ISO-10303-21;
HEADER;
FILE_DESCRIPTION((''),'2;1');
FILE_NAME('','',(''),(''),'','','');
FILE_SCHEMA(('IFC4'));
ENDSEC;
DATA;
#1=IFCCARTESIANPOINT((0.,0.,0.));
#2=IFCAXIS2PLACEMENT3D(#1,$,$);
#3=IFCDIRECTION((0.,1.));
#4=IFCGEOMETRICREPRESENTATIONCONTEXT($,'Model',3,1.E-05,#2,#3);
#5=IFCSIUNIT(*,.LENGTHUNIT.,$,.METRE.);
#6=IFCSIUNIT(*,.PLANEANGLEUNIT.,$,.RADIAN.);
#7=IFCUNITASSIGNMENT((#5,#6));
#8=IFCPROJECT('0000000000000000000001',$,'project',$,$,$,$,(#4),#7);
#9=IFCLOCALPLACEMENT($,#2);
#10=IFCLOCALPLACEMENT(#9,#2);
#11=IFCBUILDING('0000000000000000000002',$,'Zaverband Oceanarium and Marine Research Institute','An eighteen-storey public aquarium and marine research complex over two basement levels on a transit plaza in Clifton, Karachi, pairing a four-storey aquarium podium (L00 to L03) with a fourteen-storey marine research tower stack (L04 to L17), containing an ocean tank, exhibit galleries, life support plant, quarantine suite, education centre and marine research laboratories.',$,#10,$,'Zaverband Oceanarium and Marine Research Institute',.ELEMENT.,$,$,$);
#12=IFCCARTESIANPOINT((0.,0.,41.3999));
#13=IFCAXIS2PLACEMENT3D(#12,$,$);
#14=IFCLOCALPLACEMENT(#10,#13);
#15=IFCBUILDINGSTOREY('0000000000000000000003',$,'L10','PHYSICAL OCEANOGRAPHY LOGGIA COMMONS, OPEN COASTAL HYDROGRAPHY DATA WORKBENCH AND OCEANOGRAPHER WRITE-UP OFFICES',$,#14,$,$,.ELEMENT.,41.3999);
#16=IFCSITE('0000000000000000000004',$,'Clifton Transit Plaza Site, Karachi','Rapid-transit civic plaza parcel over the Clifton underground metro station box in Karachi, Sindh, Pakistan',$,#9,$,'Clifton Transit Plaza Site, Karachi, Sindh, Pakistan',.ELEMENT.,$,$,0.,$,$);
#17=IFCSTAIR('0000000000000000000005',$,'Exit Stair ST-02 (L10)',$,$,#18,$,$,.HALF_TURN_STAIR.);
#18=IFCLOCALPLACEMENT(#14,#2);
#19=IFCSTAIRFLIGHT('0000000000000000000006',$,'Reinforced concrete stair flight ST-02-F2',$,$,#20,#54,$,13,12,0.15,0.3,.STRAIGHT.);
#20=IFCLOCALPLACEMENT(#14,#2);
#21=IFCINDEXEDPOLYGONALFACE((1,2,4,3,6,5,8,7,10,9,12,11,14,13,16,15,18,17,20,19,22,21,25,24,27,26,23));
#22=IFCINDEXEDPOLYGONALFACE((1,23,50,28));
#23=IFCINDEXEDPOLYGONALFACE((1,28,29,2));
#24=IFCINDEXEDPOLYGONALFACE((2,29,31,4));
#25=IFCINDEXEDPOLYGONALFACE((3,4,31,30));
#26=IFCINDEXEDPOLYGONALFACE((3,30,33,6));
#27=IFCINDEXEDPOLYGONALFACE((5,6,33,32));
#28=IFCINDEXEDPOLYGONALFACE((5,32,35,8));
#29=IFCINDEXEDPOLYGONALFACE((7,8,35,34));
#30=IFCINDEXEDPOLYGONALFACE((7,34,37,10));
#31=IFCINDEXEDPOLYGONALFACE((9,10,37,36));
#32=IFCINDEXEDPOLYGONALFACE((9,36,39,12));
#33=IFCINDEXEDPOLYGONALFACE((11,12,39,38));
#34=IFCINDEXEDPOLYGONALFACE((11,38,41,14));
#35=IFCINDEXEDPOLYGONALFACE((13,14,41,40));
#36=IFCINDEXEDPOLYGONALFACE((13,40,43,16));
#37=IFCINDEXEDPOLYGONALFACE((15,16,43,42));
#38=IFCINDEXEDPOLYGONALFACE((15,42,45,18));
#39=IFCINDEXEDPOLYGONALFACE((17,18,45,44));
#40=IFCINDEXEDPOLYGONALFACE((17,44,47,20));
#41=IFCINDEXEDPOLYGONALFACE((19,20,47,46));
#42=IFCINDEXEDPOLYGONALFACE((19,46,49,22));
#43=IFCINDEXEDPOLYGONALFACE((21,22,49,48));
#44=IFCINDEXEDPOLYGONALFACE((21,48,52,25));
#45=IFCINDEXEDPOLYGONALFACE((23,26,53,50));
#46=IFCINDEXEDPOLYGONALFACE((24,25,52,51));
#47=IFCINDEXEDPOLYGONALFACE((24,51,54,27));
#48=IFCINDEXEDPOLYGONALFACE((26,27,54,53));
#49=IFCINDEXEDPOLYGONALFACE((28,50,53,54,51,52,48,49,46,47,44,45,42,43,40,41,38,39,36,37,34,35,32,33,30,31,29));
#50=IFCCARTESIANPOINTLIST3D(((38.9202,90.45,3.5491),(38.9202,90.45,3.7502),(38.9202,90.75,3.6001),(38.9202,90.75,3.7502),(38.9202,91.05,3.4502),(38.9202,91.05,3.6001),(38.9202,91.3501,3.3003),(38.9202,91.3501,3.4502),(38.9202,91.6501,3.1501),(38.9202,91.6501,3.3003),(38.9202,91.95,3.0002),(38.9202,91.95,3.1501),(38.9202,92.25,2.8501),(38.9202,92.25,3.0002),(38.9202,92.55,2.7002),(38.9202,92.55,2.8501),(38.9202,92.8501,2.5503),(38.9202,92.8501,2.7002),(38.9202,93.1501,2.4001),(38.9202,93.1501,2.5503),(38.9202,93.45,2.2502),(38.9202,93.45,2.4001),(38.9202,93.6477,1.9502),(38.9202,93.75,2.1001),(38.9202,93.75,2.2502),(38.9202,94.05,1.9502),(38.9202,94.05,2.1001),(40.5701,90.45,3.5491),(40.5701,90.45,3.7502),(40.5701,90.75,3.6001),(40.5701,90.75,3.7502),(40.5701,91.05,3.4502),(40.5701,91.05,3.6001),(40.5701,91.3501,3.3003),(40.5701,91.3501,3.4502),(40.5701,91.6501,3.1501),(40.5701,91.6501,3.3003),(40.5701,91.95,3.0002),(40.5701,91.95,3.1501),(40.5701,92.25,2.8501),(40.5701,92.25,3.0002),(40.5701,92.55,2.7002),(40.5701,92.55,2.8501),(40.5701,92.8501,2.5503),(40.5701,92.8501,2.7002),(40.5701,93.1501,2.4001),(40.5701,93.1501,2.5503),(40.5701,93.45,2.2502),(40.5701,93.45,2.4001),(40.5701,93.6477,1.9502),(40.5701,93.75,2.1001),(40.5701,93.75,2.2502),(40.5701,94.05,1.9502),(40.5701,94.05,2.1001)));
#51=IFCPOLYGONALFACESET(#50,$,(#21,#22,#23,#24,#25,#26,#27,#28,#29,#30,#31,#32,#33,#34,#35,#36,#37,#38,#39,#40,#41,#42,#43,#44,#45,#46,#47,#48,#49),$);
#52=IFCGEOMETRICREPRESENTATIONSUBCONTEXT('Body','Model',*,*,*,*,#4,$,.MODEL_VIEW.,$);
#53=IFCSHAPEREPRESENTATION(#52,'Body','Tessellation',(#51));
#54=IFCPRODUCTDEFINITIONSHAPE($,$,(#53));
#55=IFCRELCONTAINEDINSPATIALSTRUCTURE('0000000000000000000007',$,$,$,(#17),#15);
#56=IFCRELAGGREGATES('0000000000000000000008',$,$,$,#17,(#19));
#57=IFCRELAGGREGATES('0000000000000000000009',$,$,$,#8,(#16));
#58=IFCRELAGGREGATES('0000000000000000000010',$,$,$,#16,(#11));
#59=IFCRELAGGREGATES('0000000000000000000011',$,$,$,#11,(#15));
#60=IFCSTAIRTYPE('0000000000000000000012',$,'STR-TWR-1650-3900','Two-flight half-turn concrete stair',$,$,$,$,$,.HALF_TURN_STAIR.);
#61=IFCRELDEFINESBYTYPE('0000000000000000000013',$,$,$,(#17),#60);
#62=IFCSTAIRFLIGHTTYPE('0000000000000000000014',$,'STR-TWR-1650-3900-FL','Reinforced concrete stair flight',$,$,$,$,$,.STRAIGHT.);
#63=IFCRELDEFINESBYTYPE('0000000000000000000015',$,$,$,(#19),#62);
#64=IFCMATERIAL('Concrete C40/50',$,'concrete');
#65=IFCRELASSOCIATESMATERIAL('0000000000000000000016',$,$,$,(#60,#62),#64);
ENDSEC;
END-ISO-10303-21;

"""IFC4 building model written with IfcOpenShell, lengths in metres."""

from ifc_helpers import new_model, si_unit, direction, frame, origin, place, context, subcontext, project, spatial, polyline, outline, extrude, material, type_object, element, aggregate, save


model = new_model("IFC4")

# Units and contexts
model_context = context("Model", 3, precision=1e-05, world=origin(), true_north=direction((0.0, 1.0)))
body_context = subcontext(model_context, "Body", "Model", "MODEL_VIEW")
ifc_project = project(units=[si_unit("LENGTHUNIT", "METRE"), si_unit("PLANEANGLEUNIT", "RADIAN")], contexts=[model_context])

# Site, building, storey
site_placement = place(None, origin())
site = spatial("IfcSite", under=ifc_project, at=site_placement, Name="Clifton Transit Plaza Site, Karachi", Description="Rapid-transit civic plaza parcel over the Clifton underground metro station box in Karachi, Sindh, Pakistan", LongName="Clifton Transit Plaza Site, Karachi, Sindh, Pakistan", CompositionType="ELEMENT", RefElevation=0.0)
building_placement = place(site_placement, origin())
building = spatial("IfcBuilding", under=site, at=building_placement, Name="Zaverband Oceanarium and Marine Research Institute", Description="An eighteen-storey public aquarium and marine research complex over two basement levels on a transit plaza in Clifton, Karachi, pairing a four-storey aquarium podium (L00 to L03) with a fourteen-storey marine research tower stack (L04 to L17), containing an ocean tank, exhibit galleries, life support plant, quarantine suite, education centre and marine research laboratories.", LongName="Zaverband Oceanarium and Marine Research Institute", CompositionType="ELEMENT")
storey_placement = place(building_placement, frame((0.0, 0.0, 41.3999)))
storey = spatial("IfcBuildingStorey", under=building, at=storey_placement, Name="L10", Description="PHYSICAL OCEANOGRAPHY LOGGIA COMMONS, OPEN COASTAL HYDROGRAPHY DATA WORKBENCH AND OCEANOGRAPHER WRITE-UP OFFICES", CompositionType="ELEMENT", Elevation=41.3999)

# Shared definitions
ifc_material_1 = material(Name="Concrete C40/50", Category="concrete")

# Stair, stair flight
stair_type = type_object("IfcStairType", Name="STR-TWR-1650-3900", Description="Two-flight half-turn concrete stair", PredefinedType="HALF_TURN_STAIR", material=ifc_material_1)
stair_placement = place(storey_placement, origin())
stair = element("IfcStair", 1, at=stair_placement, inside=storey, type_object=stair_type, Name="Exit Stair ST-02 (L10)", PredefinedType="HALF_TURN_STAIR")
stair_flight_type = type_object("IfcStairFlightType", Name="STR-TWR-1650-3900-FL", Description="Reinforced concrete stair flight", PredefinedType="STRAIGHT", material=ifc_material_1)
stair_flight_1_placement = place(storey_placement, frame((39.7451, 94.05, 1.9502), z_axis=(0.0, 0.0, 1.0), x_axis=(0.0, -1.0, 0.0)))
stair_flight_1 = element("IfcStairFlight", 2, at=stair_flight_1_placement, type_object=stair_flight_type, Name="Reinforced concrete stair flight ST-02-F2", NumberOfRisers=13, NumberOfTreads=12, PredefinedType="STRAIGHT", RiserHeight=0.15, TreadLength=0.3, context=body_context, shape_type="SweptSolid", body=[
    extrude(outline(polyline([(0.0, 0.0), (0.0, 0.1499), (0.3, 0.1499), (0.3, 0.3), (0.6001, 0.3), (0.6001, 0.45), (0.8999, 0.45), (0.8999, 0.6001), (1.2, 0.6001), (1.2, 0.75), (1.5, 0.75), (1.5, 0.8999), (1.8, 0.8999), (1.8, 1.05), (2.1001, 1.05), (2.1001, 1.2), (2.3999, 1.2), (2.3999, 1.3501), (2.7, 1.3501), (2.7, 1.5), (3.0, 1.5), (3.0, 1.6499), (3.3, 1.6499), (3.3, 1.8), (3.6001, 1.8), (3.6001, 1.95), (3.6001, 1.5989), (0.4023, 0.0), (0.0, 0.0)])), frame((0.0, 0.825, 0.0), z_axis=(0.0, -1.0, 0.0), x_axis=(1.0, 0.0, 0.0)), (0.0, 0.0, 1.0), 1.6499),
])
aggregate(stair, [stair_flight_1])

save(model, "model.ifc")
